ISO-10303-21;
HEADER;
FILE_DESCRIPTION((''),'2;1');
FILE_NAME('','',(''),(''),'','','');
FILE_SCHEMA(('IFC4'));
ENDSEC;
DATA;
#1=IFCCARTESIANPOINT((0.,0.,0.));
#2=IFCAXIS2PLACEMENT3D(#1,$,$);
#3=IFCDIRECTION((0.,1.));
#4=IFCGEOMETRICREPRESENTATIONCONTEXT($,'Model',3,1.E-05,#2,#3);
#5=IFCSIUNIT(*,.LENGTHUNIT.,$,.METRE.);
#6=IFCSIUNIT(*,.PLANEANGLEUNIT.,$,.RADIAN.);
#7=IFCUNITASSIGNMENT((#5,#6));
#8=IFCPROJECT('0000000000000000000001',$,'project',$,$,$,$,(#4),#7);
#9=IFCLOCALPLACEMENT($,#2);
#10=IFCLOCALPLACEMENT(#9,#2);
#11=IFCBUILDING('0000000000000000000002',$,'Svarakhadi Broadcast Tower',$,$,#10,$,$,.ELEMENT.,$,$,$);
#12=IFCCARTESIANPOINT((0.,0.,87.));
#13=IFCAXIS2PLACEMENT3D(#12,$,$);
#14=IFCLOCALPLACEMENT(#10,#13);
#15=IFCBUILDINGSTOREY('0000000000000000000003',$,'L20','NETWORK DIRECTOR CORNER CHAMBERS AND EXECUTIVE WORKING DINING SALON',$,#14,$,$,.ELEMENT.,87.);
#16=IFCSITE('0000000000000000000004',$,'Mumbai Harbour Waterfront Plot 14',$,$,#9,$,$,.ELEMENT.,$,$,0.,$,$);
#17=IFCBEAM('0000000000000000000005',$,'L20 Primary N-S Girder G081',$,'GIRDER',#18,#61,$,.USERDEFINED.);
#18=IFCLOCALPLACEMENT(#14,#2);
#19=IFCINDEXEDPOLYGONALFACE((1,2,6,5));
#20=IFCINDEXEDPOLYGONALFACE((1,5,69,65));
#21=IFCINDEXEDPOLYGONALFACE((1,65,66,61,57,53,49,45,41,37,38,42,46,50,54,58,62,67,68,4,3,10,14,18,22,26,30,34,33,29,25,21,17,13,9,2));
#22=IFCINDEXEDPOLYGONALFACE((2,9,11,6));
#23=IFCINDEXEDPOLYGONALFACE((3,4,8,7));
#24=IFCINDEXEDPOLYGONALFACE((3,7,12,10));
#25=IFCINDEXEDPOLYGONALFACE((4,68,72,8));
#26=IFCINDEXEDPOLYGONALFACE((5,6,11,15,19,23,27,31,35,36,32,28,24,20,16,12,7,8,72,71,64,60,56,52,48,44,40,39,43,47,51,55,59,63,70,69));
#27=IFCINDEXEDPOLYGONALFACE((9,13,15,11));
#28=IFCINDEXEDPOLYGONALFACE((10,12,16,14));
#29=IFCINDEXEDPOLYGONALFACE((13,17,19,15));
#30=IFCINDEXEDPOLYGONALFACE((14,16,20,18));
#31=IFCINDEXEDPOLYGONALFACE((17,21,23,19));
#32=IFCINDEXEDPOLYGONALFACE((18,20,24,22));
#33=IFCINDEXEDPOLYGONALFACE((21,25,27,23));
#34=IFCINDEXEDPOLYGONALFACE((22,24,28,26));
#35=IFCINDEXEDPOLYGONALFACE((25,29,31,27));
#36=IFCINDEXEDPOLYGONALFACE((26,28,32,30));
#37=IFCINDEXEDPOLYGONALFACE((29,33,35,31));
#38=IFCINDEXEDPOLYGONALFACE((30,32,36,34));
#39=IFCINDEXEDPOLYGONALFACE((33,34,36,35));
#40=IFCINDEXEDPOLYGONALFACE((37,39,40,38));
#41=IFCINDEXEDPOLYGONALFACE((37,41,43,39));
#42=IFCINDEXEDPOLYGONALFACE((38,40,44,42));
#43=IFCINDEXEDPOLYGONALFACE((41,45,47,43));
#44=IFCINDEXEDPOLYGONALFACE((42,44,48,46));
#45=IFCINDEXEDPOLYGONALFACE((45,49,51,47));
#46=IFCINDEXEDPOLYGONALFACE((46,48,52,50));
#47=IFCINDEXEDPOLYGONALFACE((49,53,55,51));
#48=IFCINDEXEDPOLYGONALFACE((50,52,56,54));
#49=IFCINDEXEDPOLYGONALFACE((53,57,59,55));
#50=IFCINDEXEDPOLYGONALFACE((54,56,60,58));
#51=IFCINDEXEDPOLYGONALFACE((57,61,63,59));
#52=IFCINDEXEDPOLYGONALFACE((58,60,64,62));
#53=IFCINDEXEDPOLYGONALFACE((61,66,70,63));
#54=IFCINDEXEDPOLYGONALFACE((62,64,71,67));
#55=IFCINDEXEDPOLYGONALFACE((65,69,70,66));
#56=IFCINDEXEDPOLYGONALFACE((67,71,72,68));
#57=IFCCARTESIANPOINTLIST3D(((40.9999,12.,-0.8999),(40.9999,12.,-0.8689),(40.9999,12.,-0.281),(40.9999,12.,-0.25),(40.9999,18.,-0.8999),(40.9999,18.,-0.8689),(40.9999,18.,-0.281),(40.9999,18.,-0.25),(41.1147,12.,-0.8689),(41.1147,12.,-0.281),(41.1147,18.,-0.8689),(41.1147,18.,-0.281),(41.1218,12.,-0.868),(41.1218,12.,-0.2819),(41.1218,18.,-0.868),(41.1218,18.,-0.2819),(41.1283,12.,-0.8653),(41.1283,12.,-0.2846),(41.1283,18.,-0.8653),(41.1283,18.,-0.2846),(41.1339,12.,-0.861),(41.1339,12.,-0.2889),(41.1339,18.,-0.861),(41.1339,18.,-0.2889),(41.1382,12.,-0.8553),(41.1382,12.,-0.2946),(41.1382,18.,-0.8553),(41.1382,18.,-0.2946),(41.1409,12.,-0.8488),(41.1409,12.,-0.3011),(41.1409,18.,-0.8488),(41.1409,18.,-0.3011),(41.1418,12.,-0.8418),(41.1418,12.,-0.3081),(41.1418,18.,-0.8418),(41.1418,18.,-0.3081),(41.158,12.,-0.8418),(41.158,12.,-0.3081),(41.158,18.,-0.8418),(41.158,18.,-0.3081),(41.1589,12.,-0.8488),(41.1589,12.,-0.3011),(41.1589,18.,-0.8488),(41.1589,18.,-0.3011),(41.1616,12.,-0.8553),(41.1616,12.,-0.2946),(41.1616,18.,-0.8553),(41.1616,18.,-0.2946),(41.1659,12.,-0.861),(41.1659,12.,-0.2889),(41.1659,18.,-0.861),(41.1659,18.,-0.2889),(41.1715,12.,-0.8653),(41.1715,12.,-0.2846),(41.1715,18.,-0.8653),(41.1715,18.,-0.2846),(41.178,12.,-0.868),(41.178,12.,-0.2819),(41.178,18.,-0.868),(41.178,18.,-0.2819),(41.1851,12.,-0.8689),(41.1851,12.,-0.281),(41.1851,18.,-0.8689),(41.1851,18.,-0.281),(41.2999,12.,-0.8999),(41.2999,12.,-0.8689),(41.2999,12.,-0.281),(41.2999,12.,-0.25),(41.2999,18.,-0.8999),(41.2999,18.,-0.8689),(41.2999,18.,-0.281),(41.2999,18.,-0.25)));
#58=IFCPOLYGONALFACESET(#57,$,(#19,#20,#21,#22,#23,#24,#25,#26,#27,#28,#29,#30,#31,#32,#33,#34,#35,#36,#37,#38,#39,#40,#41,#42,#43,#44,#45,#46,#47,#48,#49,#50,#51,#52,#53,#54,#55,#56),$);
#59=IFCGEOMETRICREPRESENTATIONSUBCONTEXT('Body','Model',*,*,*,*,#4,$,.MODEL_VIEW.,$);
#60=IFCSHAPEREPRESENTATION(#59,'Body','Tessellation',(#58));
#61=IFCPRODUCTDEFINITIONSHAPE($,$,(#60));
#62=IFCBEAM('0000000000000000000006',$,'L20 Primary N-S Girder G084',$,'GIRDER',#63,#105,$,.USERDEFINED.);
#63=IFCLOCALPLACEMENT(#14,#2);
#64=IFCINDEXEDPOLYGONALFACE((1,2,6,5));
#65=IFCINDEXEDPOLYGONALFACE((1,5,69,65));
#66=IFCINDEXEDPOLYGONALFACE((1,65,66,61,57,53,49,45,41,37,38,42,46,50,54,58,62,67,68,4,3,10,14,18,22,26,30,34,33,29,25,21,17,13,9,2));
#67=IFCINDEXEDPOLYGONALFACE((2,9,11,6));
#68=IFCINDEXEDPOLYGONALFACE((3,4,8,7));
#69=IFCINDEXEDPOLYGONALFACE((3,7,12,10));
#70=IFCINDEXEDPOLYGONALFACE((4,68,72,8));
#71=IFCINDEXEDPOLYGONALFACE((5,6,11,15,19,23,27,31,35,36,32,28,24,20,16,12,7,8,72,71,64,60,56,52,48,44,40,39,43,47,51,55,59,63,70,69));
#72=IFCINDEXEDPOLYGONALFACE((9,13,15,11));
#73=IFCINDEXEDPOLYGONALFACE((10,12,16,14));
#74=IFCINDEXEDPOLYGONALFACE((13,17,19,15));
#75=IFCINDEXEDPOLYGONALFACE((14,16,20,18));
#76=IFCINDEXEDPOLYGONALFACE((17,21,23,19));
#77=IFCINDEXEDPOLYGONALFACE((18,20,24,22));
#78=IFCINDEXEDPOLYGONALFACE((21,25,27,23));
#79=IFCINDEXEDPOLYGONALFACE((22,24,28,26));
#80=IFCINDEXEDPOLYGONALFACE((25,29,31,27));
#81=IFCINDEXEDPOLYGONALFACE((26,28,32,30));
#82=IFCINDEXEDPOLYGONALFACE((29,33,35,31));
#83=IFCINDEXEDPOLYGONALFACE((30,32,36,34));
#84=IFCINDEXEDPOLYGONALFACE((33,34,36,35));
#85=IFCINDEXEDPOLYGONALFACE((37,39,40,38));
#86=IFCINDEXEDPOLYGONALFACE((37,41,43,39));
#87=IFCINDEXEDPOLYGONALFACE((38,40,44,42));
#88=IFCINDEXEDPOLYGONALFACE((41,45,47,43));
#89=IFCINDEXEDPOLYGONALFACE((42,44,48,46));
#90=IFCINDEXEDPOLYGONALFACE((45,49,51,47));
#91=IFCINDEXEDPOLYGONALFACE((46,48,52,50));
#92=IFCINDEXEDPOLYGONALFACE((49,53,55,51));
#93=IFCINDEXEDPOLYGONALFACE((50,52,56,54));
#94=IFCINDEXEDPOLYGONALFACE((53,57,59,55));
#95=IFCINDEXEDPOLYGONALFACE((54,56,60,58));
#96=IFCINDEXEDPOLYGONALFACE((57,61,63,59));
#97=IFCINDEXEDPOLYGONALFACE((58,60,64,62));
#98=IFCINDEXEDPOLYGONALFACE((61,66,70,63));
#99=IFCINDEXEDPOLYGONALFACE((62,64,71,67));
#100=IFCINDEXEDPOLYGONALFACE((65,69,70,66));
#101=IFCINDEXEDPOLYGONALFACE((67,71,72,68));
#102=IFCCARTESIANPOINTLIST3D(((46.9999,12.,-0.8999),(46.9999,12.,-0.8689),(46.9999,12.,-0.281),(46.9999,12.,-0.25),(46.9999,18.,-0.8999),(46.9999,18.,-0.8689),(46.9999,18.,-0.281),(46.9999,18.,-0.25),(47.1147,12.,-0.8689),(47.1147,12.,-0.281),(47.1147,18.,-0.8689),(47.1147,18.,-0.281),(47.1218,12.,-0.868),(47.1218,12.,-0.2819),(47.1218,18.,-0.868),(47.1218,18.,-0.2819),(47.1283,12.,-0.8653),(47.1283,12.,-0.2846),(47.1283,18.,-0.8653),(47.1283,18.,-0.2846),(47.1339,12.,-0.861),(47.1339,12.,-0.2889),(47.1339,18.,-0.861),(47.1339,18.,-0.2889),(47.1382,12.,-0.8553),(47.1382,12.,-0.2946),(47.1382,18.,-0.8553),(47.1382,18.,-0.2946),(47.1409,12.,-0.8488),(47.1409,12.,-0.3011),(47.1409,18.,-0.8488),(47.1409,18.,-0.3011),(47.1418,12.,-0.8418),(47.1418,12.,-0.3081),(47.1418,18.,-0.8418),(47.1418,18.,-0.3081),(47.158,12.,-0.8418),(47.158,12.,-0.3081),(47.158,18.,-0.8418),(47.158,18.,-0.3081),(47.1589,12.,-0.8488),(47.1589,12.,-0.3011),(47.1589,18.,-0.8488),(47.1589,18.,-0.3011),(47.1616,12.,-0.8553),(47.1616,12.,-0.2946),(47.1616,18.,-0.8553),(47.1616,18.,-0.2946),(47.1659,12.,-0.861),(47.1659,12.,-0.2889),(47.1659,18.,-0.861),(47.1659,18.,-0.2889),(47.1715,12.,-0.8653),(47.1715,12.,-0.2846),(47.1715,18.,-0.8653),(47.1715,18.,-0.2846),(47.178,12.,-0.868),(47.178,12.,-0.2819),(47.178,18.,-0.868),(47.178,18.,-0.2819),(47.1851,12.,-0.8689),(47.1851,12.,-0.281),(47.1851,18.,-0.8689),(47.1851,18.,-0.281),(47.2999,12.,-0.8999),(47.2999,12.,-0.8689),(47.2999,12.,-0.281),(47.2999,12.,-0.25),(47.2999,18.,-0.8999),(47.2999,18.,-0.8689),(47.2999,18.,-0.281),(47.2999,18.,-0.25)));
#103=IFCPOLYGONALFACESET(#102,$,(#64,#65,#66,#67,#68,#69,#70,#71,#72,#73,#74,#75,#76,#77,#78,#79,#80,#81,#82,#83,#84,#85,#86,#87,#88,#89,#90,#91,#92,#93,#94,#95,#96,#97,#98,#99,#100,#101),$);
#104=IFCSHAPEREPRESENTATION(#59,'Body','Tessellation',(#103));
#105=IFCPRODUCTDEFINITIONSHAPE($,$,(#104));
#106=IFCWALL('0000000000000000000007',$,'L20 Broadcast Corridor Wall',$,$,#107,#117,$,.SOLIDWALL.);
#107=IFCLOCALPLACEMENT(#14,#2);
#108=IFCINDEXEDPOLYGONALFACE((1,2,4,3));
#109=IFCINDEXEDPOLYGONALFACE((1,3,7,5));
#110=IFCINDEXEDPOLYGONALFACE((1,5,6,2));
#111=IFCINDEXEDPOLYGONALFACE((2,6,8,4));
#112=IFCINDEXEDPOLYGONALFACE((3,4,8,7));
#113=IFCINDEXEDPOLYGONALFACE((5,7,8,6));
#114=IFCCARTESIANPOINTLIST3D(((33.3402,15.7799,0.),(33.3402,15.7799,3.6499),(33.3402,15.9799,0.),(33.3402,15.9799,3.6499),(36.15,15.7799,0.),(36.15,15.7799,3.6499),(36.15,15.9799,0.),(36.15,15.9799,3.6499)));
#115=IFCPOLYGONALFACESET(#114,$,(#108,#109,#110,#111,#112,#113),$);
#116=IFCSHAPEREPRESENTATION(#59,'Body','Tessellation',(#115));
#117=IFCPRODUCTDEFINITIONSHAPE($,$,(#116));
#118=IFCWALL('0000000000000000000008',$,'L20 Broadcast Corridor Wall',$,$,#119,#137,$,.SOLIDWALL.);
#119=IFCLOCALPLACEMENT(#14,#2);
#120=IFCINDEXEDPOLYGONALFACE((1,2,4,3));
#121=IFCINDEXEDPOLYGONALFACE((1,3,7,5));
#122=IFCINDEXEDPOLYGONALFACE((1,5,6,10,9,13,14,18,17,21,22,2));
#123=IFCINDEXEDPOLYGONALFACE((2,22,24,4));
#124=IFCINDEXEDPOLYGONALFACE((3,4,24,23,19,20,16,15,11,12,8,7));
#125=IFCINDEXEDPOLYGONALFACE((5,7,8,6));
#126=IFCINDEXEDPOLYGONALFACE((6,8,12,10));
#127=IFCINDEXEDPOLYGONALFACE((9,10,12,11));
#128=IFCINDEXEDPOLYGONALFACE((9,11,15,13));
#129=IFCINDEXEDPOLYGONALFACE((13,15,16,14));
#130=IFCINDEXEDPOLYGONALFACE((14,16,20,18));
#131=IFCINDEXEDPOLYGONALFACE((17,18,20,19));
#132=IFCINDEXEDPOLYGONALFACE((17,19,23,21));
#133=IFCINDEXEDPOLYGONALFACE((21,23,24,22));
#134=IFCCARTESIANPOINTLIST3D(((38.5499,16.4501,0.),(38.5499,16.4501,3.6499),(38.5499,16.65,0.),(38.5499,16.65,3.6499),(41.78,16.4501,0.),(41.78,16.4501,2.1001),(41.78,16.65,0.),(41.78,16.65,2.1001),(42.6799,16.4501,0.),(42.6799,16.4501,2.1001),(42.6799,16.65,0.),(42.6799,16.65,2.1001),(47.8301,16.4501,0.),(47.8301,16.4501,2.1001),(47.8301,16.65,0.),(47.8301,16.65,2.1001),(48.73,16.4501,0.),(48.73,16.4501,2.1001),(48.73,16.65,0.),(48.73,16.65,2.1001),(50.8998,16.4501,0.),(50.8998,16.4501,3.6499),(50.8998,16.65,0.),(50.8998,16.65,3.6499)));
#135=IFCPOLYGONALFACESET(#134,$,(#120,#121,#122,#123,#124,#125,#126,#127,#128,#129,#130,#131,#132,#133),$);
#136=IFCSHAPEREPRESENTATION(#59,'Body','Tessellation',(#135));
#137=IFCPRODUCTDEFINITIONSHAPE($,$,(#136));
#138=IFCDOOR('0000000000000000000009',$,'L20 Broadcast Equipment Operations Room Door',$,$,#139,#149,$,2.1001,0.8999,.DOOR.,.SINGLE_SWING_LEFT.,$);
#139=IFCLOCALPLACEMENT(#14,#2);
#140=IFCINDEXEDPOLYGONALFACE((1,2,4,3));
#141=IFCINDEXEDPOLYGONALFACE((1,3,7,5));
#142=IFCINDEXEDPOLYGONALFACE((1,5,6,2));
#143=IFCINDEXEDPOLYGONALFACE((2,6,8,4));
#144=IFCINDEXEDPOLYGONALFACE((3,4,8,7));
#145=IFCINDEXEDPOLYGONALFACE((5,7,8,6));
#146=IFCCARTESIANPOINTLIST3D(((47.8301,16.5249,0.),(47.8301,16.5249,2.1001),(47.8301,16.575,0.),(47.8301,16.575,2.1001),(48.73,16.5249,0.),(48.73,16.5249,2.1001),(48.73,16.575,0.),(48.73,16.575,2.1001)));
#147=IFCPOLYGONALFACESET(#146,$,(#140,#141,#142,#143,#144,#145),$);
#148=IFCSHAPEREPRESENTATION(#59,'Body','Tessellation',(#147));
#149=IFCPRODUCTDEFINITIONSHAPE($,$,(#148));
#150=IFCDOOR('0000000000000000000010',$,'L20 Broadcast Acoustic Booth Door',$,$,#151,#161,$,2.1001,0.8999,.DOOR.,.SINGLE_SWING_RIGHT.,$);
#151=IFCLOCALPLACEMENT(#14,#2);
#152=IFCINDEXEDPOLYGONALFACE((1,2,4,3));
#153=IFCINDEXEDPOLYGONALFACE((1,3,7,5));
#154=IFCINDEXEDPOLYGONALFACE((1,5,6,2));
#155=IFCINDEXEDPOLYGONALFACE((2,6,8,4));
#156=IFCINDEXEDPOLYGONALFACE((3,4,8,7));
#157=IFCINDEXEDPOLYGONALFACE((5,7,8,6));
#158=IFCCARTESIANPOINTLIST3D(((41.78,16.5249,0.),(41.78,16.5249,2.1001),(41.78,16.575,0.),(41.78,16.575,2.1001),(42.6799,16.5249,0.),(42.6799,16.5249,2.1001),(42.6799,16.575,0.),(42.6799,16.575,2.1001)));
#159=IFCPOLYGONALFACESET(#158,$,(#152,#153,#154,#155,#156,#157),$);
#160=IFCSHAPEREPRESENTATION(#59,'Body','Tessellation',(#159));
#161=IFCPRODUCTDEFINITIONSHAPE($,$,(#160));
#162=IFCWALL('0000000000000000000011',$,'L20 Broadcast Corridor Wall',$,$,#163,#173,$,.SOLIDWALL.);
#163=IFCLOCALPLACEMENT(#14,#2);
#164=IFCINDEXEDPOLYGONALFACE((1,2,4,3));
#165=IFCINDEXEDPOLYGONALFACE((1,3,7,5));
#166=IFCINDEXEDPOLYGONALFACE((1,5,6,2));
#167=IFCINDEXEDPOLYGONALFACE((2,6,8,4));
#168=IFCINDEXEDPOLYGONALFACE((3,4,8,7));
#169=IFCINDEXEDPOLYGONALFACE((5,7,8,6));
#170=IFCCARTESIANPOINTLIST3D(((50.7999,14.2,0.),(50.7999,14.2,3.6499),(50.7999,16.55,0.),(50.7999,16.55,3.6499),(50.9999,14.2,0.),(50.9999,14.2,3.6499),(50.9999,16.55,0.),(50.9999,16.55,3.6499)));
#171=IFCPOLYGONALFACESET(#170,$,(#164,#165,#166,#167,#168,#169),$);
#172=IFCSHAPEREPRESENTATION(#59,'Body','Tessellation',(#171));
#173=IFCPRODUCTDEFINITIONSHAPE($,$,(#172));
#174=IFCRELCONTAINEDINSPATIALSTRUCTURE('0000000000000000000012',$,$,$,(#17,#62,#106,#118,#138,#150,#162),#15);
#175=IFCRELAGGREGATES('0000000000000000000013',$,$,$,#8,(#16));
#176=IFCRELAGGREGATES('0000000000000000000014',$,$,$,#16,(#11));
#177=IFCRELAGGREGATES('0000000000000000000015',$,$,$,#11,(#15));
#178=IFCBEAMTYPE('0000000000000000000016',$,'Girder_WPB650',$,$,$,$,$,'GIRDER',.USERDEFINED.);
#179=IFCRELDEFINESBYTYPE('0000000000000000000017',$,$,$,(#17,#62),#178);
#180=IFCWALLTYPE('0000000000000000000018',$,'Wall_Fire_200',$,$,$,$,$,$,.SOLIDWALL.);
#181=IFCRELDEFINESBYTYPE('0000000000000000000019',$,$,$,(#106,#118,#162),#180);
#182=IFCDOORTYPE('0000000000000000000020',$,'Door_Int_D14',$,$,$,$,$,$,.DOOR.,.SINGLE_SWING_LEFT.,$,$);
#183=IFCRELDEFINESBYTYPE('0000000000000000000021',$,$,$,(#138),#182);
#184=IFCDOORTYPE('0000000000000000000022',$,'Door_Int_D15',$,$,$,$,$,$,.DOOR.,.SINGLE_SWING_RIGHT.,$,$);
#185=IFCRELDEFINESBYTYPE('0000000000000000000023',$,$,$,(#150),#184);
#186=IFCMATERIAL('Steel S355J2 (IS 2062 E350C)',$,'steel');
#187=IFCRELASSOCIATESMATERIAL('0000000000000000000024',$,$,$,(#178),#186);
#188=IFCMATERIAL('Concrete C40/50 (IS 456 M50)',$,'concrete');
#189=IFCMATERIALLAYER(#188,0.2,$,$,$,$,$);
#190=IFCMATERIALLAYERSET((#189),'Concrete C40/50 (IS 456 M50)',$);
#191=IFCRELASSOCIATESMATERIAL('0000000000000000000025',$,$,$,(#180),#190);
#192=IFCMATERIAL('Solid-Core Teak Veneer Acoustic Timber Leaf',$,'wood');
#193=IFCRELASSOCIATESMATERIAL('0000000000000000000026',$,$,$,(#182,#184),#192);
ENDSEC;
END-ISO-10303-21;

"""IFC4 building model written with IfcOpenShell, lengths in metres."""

from ifc_helpers import new_model, si_unit, direction, frame, frame_2d, origin, origin_2d, place, context, subcontext, project, spatial, rectangle, i_section, extrude, material, layer, layer_set, material_profile, profile_set, type_object, element, fill, save


model = new_model("IFC4")

# Units and contexts
model_context = context("Model", 3, precision=1e-05, world=origin(), true_north=direction((0.0, 1.0)))
body_context = subcontext(model_context, "Body", "Model", "MODEL_VIEW")
ifc_project = project(units=[si_unit("LENGTHUNIT", "METRE"), si_unit("PLANEANGLEUNIT", "RADIAN")], contexts=[model_context])

# Site, building, storey
site_placement = place(None, origin())
site = spatial("IfcSite", under=ifc_project, at=site_placement, Name="Mumbai Harbour Waterfront Plot 14", CompositionType="ELEMENT", RefElevation=0.0)
building_placement = place(site_placement, origin())
building = spatial("IfcBuilding", under=site, at=building_placement, Name="Svarakhadi Broadcast Tower", CompositionType="ELEMENT")
storey_placement = place(building_placement, frame((0.0, 0.0, 87.0)))
storey = spatial("IfcBuildingStorey", under=building, at=storey_placement, Name="L20", Description="NETWORK DIRECTOR CORNER CHAMBERS AND EXECUTIVE WORKING DINING SALON", CompositionType="ELEMENT", Elevation=87.0)

# Beams
ifc_material_1 = material(Name="Steel S355J2 (IS 2062 E350C)", Category="steel")
ifc_material_profile_1 = material_profile(ifc_material_1, i_section(OverallWidth=0.3, OverallDepth=0.6499, WebThickness=0.0161, FlangeThickness=0.031, FilletRadius=0.0271, at=origin_2d()), Name="WPB 650x300x225")
ifc_profile_set_1 = profile_set([ifc_material_profile_1], Name="Steel S355J2 (IS 2062 E350C)")
beam_type_1 = type_object("IfcBeamType", Name="Girder_WPB650", ElementType="GIRDER", PredefinedType="USERDEFINED", material=ifc_profile_set_1)
for number, where, z_axis, x_axis, name in (
    (1, (41.1499, 12.0, -0.575), (0.0, 1.0, 0.0), (-1.0, 0.0, 0.0), "L20 Primary N-S Girder G081"),
    (2, (47.1499, 12.0, -0.575), (0.0, 1.0, 0.0), (-1.0, 0.0, 0.0), "L20 Primary N-S Girder G084"),
):
    element("IfcBeam", number, at=place(storey_placement, frame(where, z_axis=z_axis, x_axis=x_axis)), inside=storey, type_object=beam_type_1, Name=name, ObjectType="GIRDER", PredefinedType="USERDEFINED", context=body_context, shape_type="SweptSolid", body=[
        extrude(i_section(OverallWidth=0.3, OverallDepth=0.6499, WebThickness=0.0161, FlangeThickness=0.031, FilletRadius=0.0271, at=origin_2d()), origin(), (0.0, 0.0, 1.0), 6.0),
    ])

# Wall
ifc_material_2 = material(Name="Concrete C40/50 (IS 456 M50)", Category="concrete")
ifc_layer_1 = layer(ifc_material_2, 0.2)
ifc_layer_set_1 = layer_set([ifc_layer_1], Name="Concrete C40/50 (IS 456 M50)")
wall_type_1 = type_object("IfcWallType", Name="Wall_Fire_200", PredefinedType="SOLIDWALL", material=ifc_layer_set_1)
wall_1_placement = place(storey_placement, frame((36.1499, 15.8799, 0.0), z_axis=(0.0, 0.0, 1.0), x_axis=(-1.0, 0.0, 0.0)))
element("IfcWall", 3, at=wall_1_placement, inside=storey, type_object=wall_type_1, Name="L20 Broadcast Corridor Wall", PredefinedType="SOLIDWALL", context=body_context, shape_type="SweptSolid", body=[
    extrude(rectangle(XDim=2.8098, YDim=0.2, at=frame_2d((1.4048, 0.0))), origin(), (0.0, 0.0, 1.0), 3.6499),
])

# Wall, openings, doors
wall_2_placement = place(storey_placement, frame((38.55, 16.55, 0.0), z_axis=(0.0, 0.0, 1.0), x_axis=(1.0, 0.0, 0.0)))
wall_2 = element("IfcWall", 4, at=wall_2_placement, inside=storey, type_object=wall_type_1, Name="L20 Broadcast Corridor Wall", PredefinedType="SOLIDWALL", context=body_context, shape_type="SweptSolid", body=[
    extrude(rectangle(XDim=12.3499, YDim=0.2, at=frame_2d((6.1748, 0.0))), origin(), (0.0, 0.0, 1.0), 3.6499),
])
opening_1_placement = place(wall_2_placement, frame((3.23, 0.0, 0.0)))
opening_1 = element("IfcOpeningElement", 5, at=opening_1_placement, cuts=wall_2, PredefinedType="OPENING", context=body_context, shape_type="SweptSolid", body=[
    extrude(rectangle(XDim=0.8999, YDim=2.1001, at=frame_2d((0.45, 1.05))), frame((0.0, 0.1099, 0.0), z_axis=(0.0, -1.0, 0.0), x_axis=(1.0, 0.0, 0.0)), (0.0, 0.0, 1.0), 0.22),
])
opening_2_placement = place(wall_2_placement, frame((9.28, 0.0, 0.0)))
opening_2 = element("IfcOpeningElement", 6, at=opening_2_placement, cuts=wall_2, PredefinedType="OPENING", context=body_context, shape_type="SweptSolid", body=[
    extrude(rectangle(XDim=0.8999, YDim=2.1001, at=frame_2d((0.45, 1.05))), frame((0.0, 0.1099, 0.0), z_axis=(0.0, -1.0, 0.0), x_axis=(1.0, 0.0, 0.0)), (0.0, 0.0, 1.0), 0.22),
])
ifc_material_3 = material(Name="Solid-Core Teak Veneer Acoustic Timber Leaf", Category="wood")
door_type_1 = type_object("IfcDoorType", Name="Door_Int_D14", OperationType="SINGLE_SWING_LEFT", PredefinedType="DOOR", material=ifc_material_3)
door_1_placement = place(opening_2_placement, origin())
door_1 = element("IfcDoor", 7, at=door_1_placement, inside=storey, type_object=door_type_1, Name="L20 Broadcast Equipment Operations Room Door", OperationType="SINGLE_SWING_LEFT", OverallHeight=2.1001, OverallWidth=0.8999, PredefinedType="DOOR", context=body_context, shape_type="SweptSolid", body=[
    extrude(rectangle(XDim=0.8999, YDim=2.1001, at=frame_2d((0.45, 1.05))), frame((0.0, 0.0249, 0.0), z_axis=(0.0, -1.0, 0.0), x_axis=(1.0, 0.0, 0.0)), (0.0, 0.0, 1.0), 0.05),
])
fill(opening_2, door_1)
door_type_2 = type_object("IfcDoorType", Name="Door_Int_D15", OperationType="SINGLE_SWING_RIGHT", PredefinedType="DOOR", material=ifc_material_3)
door_2_placement = place(opening_1_placement, origin())
door_2 = element("IfcDoor", 8, at=door_2_placement, inside=storey, type_object=door_type_2, Name="L20 Broadcast Acoustic Booth Door", OperationType="SINGLE_SWING_RIGHT", OverallHeight=2.1001, OverallWidth=0.8999, PredefinedType="DOOR", context=body_context, shape_type="SweptSolid", body=[
    extrude(rectangle(XDim=0.8999, YDim=2.1001, at=frame_2d((0.45, 1.05))), frame((0.0, 0.0249, 0.0), z_axis=(0.0, -1.0, 0.0), x_axis=(1.0, 0.0, 0.0)), (0.0, 0.0, 1.0), 0.05),
])
fill(opening_1, door_2)

# Wall
wall_3_placement = place(storey_placement, frame((50.8999, 16.55, 0.0), z_axis=(0.0, 0.0, 1.0), x_axis=(0.0, -1.0, 0.0)))
element("IfcWall", 9, at=wall_3_placement, inside=storey, type_object=wall_type_1, Name="L20 Broadcast Corridor Wall", PredefinedType="SOLIDWALL", context=body_context, shape_type="SweptSolid", body=[
    extrude(rectangle(XDim=2.3501, YDim=0.2, at=frame_2d((1.175, 0.0))), origin(), (0.0, 0.0, 1.0), 3.6499),
])

save(model, "model.ifc")
